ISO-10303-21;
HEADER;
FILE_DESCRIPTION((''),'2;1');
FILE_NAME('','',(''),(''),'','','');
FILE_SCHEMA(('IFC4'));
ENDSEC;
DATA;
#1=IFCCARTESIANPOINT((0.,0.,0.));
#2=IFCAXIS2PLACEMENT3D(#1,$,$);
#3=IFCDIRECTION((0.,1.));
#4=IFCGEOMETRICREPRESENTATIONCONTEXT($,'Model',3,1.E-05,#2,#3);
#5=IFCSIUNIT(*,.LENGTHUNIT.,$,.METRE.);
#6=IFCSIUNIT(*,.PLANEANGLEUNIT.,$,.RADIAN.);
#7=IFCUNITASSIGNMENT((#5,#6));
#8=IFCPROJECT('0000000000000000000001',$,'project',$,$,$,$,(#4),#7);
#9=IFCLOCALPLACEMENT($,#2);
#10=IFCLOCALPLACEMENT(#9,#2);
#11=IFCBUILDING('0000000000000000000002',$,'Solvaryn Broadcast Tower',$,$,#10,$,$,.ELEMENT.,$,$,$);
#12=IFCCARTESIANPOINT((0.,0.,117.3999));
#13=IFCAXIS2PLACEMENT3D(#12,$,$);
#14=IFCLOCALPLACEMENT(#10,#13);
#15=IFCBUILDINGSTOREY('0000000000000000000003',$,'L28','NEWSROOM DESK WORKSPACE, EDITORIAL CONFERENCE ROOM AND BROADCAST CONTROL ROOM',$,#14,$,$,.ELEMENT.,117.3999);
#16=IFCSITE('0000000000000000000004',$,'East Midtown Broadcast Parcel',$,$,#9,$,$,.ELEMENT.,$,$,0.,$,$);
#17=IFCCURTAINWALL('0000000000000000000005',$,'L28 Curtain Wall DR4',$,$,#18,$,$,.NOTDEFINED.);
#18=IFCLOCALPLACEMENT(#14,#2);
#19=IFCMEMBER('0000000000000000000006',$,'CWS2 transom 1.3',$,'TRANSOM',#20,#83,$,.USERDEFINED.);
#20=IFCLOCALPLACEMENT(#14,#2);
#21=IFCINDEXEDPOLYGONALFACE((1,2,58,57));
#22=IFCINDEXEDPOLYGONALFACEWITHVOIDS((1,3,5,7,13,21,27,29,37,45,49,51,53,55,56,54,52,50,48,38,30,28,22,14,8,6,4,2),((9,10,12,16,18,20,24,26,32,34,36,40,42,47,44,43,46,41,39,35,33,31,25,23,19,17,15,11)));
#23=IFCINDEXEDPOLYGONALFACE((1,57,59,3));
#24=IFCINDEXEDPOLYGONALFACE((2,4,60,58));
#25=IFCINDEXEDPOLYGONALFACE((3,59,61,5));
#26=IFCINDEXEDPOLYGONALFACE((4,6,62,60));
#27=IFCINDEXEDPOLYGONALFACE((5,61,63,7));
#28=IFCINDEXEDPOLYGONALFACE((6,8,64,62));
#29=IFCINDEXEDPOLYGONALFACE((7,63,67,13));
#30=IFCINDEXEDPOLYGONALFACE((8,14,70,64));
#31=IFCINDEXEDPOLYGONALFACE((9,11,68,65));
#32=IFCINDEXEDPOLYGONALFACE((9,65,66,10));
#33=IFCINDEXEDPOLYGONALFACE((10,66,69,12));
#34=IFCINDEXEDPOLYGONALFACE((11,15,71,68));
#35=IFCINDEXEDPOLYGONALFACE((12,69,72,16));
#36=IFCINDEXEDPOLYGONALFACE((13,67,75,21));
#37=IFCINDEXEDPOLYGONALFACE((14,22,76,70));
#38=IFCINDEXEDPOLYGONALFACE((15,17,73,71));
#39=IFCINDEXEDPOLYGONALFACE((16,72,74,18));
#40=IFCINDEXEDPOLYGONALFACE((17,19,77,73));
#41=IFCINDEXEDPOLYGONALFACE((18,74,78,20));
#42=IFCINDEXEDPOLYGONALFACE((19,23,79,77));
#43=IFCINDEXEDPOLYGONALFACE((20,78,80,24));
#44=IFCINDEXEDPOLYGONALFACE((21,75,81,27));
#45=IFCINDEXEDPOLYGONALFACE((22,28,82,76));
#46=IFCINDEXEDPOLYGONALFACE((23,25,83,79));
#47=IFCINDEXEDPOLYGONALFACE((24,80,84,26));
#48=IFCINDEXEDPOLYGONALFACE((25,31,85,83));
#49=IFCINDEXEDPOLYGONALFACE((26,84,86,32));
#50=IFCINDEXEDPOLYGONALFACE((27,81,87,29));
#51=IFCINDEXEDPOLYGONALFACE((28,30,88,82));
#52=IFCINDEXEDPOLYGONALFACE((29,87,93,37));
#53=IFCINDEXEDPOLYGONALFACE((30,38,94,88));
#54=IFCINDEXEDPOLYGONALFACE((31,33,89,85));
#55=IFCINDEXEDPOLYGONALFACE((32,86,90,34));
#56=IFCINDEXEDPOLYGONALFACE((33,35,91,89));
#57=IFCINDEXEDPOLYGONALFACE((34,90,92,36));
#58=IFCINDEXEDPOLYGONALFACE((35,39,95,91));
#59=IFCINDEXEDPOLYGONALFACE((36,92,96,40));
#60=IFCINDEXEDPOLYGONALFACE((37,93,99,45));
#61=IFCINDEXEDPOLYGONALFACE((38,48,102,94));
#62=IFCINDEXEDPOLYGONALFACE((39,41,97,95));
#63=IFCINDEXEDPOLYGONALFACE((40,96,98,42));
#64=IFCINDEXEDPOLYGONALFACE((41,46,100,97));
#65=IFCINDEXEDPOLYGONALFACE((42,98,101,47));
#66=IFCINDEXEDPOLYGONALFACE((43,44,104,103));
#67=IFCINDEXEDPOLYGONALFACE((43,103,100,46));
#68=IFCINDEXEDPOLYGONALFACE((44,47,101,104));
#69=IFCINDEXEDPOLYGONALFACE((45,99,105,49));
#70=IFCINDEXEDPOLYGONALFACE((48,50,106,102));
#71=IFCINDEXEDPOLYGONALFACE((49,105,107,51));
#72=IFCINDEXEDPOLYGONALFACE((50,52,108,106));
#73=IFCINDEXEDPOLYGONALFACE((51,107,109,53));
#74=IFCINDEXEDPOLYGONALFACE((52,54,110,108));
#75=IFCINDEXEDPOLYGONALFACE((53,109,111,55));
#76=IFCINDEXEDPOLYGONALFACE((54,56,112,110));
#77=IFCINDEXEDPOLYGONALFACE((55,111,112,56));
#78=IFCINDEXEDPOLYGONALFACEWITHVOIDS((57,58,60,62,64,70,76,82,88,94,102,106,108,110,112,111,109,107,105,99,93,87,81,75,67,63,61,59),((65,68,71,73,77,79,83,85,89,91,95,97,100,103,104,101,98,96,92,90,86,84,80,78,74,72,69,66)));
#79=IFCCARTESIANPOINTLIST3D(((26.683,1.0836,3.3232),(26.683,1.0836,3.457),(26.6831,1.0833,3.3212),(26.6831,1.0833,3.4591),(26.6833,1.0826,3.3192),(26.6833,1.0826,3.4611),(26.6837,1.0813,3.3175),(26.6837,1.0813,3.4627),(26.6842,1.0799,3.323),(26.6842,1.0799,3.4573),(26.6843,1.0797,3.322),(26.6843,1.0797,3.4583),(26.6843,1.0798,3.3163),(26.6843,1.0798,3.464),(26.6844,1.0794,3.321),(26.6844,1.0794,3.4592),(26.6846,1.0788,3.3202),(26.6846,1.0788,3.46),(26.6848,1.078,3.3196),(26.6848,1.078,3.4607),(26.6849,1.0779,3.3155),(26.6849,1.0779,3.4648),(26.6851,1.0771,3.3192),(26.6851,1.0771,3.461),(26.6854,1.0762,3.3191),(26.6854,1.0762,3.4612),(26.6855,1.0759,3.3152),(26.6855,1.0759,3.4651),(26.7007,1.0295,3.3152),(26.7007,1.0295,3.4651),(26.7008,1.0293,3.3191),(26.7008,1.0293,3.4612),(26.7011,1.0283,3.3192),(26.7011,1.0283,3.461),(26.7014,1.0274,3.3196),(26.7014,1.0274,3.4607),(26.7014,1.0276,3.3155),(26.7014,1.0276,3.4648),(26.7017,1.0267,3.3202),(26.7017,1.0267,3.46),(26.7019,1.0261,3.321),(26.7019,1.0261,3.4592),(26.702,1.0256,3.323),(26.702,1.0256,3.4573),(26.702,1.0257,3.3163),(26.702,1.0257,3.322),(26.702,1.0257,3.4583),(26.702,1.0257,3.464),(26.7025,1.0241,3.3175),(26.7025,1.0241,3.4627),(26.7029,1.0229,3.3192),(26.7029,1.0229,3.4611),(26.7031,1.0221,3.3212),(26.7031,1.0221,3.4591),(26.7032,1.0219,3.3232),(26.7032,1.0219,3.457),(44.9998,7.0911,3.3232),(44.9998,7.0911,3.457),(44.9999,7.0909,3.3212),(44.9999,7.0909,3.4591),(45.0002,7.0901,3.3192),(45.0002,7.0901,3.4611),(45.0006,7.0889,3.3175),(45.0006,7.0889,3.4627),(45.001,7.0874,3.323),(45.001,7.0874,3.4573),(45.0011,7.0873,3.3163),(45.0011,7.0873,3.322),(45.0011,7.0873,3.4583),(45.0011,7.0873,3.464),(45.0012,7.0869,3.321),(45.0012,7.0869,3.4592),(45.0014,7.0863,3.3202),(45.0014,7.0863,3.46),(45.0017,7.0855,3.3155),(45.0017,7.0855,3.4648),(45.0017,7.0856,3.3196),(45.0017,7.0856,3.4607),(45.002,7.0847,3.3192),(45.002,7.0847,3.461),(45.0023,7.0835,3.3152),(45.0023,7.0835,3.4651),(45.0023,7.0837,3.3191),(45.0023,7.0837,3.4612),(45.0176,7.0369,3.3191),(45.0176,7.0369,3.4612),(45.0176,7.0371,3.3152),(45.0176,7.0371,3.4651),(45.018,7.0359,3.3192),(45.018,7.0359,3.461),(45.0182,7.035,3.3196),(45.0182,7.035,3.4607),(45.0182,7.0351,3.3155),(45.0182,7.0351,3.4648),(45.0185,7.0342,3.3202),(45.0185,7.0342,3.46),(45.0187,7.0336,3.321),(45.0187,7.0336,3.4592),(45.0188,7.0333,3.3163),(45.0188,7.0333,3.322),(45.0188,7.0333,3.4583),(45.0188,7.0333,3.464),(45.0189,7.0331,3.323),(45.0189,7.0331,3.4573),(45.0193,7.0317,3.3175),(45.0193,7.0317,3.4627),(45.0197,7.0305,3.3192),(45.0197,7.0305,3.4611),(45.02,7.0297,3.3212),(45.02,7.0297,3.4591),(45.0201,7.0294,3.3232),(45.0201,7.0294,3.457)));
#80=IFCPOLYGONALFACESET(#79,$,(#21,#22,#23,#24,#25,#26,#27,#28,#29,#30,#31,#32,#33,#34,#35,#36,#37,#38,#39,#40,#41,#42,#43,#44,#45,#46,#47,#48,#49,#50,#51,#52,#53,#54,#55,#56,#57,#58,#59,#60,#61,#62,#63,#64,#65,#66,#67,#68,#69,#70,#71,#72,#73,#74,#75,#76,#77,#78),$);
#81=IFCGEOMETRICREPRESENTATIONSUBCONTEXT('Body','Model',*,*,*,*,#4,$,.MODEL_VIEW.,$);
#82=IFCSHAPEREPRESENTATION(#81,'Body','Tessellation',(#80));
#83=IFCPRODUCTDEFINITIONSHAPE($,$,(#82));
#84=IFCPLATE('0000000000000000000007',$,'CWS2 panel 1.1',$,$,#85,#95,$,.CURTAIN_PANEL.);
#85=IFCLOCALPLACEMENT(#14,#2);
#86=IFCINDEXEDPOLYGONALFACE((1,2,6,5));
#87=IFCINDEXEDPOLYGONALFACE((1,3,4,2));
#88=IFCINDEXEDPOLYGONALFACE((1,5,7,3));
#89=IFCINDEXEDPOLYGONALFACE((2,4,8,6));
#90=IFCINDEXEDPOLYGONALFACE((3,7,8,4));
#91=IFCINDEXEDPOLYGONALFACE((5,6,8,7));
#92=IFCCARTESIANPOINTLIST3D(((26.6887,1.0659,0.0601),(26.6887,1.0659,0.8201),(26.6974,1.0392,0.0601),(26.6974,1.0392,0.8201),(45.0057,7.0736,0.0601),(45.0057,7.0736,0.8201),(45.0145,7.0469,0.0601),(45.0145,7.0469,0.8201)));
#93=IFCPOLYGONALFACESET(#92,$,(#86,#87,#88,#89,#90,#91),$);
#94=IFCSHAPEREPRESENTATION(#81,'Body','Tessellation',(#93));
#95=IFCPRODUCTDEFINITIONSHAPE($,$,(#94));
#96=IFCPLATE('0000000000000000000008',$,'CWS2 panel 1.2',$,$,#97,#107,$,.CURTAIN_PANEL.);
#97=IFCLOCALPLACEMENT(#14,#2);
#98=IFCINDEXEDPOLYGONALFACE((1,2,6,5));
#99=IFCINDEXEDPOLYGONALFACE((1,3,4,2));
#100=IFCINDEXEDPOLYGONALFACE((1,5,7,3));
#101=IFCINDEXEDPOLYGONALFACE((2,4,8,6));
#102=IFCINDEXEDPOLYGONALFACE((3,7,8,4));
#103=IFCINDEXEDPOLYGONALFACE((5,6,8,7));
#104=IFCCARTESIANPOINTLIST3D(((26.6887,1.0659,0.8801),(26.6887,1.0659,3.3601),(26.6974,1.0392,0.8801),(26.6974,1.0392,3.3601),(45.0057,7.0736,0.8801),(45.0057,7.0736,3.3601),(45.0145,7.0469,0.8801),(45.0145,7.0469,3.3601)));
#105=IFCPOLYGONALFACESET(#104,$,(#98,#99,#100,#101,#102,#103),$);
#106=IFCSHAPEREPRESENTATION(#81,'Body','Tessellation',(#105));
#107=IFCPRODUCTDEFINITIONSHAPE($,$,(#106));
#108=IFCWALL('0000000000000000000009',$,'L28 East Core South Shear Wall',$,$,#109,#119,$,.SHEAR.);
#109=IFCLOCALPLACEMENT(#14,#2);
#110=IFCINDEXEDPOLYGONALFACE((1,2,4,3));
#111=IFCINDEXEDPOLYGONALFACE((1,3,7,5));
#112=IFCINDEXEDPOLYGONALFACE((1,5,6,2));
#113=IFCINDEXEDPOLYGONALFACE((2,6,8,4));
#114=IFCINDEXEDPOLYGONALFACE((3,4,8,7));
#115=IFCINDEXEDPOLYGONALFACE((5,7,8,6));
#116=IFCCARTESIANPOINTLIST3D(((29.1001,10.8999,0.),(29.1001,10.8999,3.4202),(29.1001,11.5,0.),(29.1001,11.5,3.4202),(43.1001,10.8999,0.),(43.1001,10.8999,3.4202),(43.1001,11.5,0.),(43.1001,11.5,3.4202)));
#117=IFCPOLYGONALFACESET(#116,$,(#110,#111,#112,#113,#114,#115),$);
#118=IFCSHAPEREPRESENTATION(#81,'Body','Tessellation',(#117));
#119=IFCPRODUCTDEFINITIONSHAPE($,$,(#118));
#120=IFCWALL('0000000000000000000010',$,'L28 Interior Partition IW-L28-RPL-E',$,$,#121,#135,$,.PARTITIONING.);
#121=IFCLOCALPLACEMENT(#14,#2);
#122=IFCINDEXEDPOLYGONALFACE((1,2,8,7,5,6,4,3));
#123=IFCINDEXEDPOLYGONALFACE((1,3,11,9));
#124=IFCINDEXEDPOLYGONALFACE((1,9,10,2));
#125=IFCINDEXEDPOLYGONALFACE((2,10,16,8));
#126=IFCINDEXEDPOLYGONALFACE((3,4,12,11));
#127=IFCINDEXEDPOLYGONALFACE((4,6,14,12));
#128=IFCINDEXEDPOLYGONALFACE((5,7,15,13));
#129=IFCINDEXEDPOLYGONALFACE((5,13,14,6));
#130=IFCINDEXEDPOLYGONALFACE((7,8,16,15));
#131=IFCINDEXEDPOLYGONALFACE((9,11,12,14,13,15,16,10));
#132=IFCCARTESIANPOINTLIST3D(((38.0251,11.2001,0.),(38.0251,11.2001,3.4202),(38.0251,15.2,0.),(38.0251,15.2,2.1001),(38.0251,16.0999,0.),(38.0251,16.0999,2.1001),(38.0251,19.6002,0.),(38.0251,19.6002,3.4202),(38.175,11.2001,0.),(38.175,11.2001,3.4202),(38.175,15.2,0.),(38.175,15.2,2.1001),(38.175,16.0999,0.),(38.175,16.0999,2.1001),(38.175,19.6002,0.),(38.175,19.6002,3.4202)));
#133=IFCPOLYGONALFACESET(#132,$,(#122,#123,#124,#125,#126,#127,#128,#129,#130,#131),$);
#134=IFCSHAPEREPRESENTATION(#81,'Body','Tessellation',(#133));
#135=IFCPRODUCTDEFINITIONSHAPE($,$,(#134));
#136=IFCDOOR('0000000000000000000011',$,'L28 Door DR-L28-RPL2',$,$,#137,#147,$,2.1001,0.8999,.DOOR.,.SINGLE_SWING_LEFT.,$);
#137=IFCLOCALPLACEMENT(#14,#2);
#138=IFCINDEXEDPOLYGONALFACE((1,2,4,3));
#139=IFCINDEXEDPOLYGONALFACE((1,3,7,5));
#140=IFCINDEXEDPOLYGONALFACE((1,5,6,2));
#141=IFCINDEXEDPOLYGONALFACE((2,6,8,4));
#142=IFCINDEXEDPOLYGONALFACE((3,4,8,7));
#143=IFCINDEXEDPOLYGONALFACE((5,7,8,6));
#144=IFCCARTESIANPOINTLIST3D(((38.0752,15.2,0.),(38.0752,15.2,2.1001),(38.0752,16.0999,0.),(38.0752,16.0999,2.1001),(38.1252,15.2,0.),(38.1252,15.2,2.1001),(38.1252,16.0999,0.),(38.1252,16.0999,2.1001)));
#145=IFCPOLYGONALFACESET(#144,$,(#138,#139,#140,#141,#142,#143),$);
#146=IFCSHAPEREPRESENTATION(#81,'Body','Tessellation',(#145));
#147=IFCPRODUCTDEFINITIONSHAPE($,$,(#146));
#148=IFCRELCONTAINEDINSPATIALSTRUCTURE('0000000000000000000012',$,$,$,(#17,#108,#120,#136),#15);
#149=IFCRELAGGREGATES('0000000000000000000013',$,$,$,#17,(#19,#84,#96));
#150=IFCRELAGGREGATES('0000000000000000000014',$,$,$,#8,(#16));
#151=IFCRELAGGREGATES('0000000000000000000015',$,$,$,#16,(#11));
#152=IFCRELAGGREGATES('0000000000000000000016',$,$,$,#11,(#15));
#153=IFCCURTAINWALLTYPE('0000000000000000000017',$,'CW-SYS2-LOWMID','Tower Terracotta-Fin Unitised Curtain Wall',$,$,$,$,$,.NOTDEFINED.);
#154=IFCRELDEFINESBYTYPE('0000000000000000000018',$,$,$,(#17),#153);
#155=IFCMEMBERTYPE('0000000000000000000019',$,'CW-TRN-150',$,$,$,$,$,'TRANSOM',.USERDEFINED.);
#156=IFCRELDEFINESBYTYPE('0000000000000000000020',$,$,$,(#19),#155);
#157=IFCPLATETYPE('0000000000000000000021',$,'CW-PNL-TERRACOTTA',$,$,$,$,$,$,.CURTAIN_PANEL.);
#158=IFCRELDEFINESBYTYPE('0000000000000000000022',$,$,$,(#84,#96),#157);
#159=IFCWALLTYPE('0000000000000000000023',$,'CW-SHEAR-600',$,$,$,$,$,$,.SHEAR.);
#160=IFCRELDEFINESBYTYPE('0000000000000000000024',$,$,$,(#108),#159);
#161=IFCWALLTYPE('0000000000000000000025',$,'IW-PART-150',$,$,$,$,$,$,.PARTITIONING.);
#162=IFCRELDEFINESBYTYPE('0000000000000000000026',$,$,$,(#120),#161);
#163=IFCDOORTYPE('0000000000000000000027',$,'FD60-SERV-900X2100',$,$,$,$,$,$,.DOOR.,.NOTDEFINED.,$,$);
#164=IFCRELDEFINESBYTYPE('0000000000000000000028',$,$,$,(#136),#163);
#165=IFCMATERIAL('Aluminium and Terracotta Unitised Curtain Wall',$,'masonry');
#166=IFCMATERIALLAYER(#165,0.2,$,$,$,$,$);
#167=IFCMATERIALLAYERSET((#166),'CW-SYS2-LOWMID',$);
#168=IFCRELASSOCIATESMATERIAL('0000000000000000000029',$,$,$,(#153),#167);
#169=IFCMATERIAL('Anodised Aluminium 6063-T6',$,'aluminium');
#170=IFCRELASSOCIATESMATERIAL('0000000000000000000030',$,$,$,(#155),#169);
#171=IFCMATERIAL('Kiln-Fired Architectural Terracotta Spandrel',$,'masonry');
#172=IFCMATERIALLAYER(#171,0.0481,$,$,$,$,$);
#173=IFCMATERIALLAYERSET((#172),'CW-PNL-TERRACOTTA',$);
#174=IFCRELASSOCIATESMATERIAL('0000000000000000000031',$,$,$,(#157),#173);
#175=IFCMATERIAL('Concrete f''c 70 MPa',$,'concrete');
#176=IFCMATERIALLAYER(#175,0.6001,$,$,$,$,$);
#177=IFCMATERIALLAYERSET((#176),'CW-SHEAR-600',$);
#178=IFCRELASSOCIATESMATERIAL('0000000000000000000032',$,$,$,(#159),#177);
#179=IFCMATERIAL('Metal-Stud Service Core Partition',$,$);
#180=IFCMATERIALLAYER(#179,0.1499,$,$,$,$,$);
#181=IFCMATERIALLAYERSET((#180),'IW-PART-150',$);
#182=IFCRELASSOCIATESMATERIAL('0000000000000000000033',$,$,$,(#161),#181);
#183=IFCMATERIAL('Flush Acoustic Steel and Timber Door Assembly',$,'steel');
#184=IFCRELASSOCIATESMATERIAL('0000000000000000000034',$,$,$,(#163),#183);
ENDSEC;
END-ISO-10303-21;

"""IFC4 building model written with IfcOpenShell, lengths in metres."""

from ifc_helpers import new_model, si_unit, direction, frame, frame_2d, origin, origin_2d, place, context, subcontext, project, spatial, rectangle, hollow_rectangle, extrude, material, layer, layer_set, material_profile, profile_set, type_object, element, fill, aggregate, save


model = new_model("IFC4")

# Units and contexts
model_context = context("Model", 3, precision=1e-05, world=origin(), true_north=direction((0.0, 1.0)))
body_context = subcontext(model_context, "Body", "Model", "MODEL_VIEW")
ifc_project = project(units=[si_unit("LENGTHUNIT", "METRE"), si_unit("PLANEANGLEUNIT", "RADIAN")], contexts=[model_context])

# Site, building, storey
site_placement = place(None, origin())
site = spatial("IfcSite", under=ifc_project, at=site_placement, Name="East Midtown Broadcast Parcel", CompositionType="ELEMENT", RefElevation=0.0)
building_placement = place(site_placement, origin())
building = spatial("IfcBuilding", under=site, at=building_placement, Name="Solvaryn Broadcast Tower", CompositionType="ELEMENT")
storey_placement = place(building_placement, frame((0.0, 0.0, 117.3999)))
storey = spatial("IfcBuildingStorey", under=building, at=storey_placement, Name="L28", Description="NEWSROOM DESK WORKSPACE, EDITORIAL CONFERENCE ROOM AND BROADCAST CONTROL ROOM", CompositionType="ELEMENT", Elevation=117.3999)

# Shared definitions
ifc_material_1 = material(Name="Aluminium and Terracotta Unitised Curtain Wall", Category="masonry")
ifc_layer_1 = layer(ifc_material_1, 0.2)
ifc_layer_set_1 = layer_set([ifc_layer_1], Name="CW-SYS2-LOWMID")
curtain_wall_type = type_object("IfcCurtainWallType", Name="CW-SYS2-LOWMID", Description="Tower Terracotta-Fin Unitised Curtain Wall", PredefinedType="NOTDEFINED", material=ifc_layer_set_1)

# Curtain wall, member, plates
curtain_wall_1_placement = place(storey_placement, origin())
curtain_wall_1 = element("IfcCurtainWall", 1, at=curtain_wall_1_placement, inside=storey, type_object=curtain_wall_type, Name="L28 Curtain Wall DR4", PredefinedType="NOTDEFINED")
ifc_material_2 = material(Name="Anodised Aluminium 6063-T6", Category="aluminium")
ifc_material_profile_1 = material_profile(ifc_material_2, hollow_rectangle(XDim=0.0649, YDim=0.1499, WallThickness=0.0039, InnerFilletRadius=0.0039, OuterFilletRadius=0.0081, at=origin_2d()))
ifc_profile_set_1 = profile_set([ifc_material_profile_1], Name="Anodised Aluminium 6063-T6")
member_type_1 = type_object("IfcMemberType", Name="CW-TRN-150", ElementType="TRANSOM", PredefinedType="USERDEFINED", material=ifc_profile_set_1)
member_1_placement = place(storey_placement, frame((26.6931, 1.0527, 3.3901), z_axis=(0.950198, 0.311646, 0.0), x_axis=(-0.311646, 0.950198, 0.0)))
member_1 = element("IfcMember", 2, at=member_1_placement, type_object=member_type_1, Name="CWS2 transom 1.3", ObjectType="TRANSOM", PredefinedType="USERDEFINED", context=body_context, shape_type="SweptSolid", body=[
    extrude(hollow_rectangle(XDim=0.0649, YDim=0.1499, WallThickness=0.0039, InnerFilletRadius=0.0039, OuterFilletRadius=0.0081, at=origin_2d()), origin(), (0.0, 0.0, 1.0), 19.2769),
])
ifc_material_3 = material(Name="Kiln-Fired Architectural Terracotta Spandrel", Category="masonry")
ifc_layer_2 = layer(ifc_material_3, 0.0481)
ifc_layer_set_2 = layer_set([ifc_layer_2], Name="CW-PNL-TERRACOTTA")
plate_type = type_object("IfcPlateType", Name="CW-PNL-TERRACOTTA", PredefinedType="CURTAIN_PANEL", material=ifc_layer_set_2)
plate_1_placement = place(storey_placement, frame((35.8516, 4.0564, 0.0601), z_axis=(0.0, 0.0, 1.0), x_axis=(0.950198, 0.311646, 0.0)))
plate_1 = element("IfcPlate", 3, at=plate_1_placement, type_object=plate_type, Name="CWS2 panel 1.1", PredefinedType="CURTAIN_PANEL", context=body_context, shape_type="SweptSolid", body=[
    extrude(rectangle(XDim=19.2771, YDim=0.0281, at=origin_2d()), origin(), (0.0, 0.0, 1.0), 0.76),
])
plate_2_placement = place(storey_placement, frame((35.8516, 4.0564, 0.8801), z_axis=(0.0, 0.0, 1.0), x_axis=(0.950198, 0.311646, 0.0)))
plate_2 = element("IfcPlate", 4, at=plate_2_placement, type_object=plate_type, Name="CWS2 panel 1.2", PredefinedType="CURTAIN_PANEL", context=body_context, shape_type="SweptSolid", body=[
    extrude(rectangle(XDim=19.2771, YDim=0.0281, at=origin_2d()), origin(), (0.0, 0.0, 1.0), 2.48),
])
aggregate(curtain_wall_1, [member_1, plate_1, plate_2])

# Wall
ifc_material_4 = material(Name="Concrete f'c 70 MPa", Category="concrete")
ifc_layer_3 = layer(ifc_material_4, 0.6001)
ifc_layer_set_3 = layer_set([ifc_layer_3], Name="CW-SHEAR-600")
wall_type_1 = type_object("IfcWallType", Name="CW-SHEAR-600", PredefinedType="SHEAR", material=ifc_layer_set_3)
wall_1_placement = place(storey_placement, frame((29.1001, 11.2, 0.0), z_axis=(0.0, 0.0, 1.0), x_axis=(1.0, 0.0, 0.0)))
element("IfcWall", 5, at=wall_1_placement, inside=storey, type_object=wall_type_1, Name="L28 East Core South Shear Wall", PredefinedType="SHEAR", context=body_context, shape_type="SweptSolid", body=[
    extrude(rectangle(XDim=14.0, YDim=0.6001, at=frame_2d((7.0, 0.0))), origin(), (0.0, 0.0, 1.0), 3.4202),
])

# Wall, opening, door
ifc_material_5 = material(Name="Metal-Stud Service Core Partition")
ifc_layer_4 = layer(ifc_material_5, 0.1499)
ifc_layer_set_4 = layer_set([ifc_layer_4], Name="IW-PART-150")
wall_type_2 = type_object("IfcWallType", Name="IW-PART-150", PredefinedType="PARTITIONING", material=ifc_layer_set_4)
wall_2_placement = place(storey_placement, frame((38.1001, 11.2, 0.0), z_axis=(0.0, 0.0, 1.0), x_axis=(0.0, 1.0, 0.0)))
wall_2 = element("IfcWall", 6, at=wall_2_placement, inside=storey, type_object=wall_type_2, Name="L28 Interior Partition IW-L28-RPL-E", PredefinedType="PARTITIONING", context=body_context, shape_type="SweptSolid", body=[
    extrude(rectangle(XDim=8.4001, YDim=0.1499, at=frame_2d((4.2002, 0.0))), origin(), (0.0, 0.0, 1.0), 3.4202),
])
opening_1_placement = place(wall_2_placement, frame((4.0, 0.0, 0.0)))
opening_1 = element("IfcOpeningElement", 7, at=opening_1_placement, cuts=wall_2, PredefinedType="OPENING", context=body_context, shape_type="SweptSolid", body=[
    extrude(rectangle(XDim=0.8999, YDim=2.1001, at=frame_2d((0.45, 1.05))), frame((0.0, 0.085, 0.0), z_axis=(0.0, -1.0, 0.0), x_axis=(1.0, 0.0, 0.0)), (0.0, 0.0, 1.0), 0.1699),
])
ifc_material_6 = material(Name="Flush Acoustic Steel and Timber Door Assembly", Category="steel")
door_type_1 = type_object("IfcDoorType", Name="FD60-SERV-900X2100", OperationType="NOTDEFINED", PredefinedType="DOOR", material=ifc_material_6)
door_1_placement = place(opening_1_placement, origin())
door_1 = element("IfcDoor", 8, at=door_1_placement, inside=storey, type_object=door_type_1, Name="L28 Door DR-L28-RPL2", OperationType="SINGLE_SWING_LEFT", OverallHeight=2.1001, OverallWidth=0.8999, PredefinedType="DOOR", context=body_context, shape_type="SweptSolid", body=[
    extrude(rectangle(XDim=0.8999, YDim=2.1001, at=frame_2d((0.45, 1.05))), frame((0.0, 0.0249, 0.0), z_axis=(0.0, -1.0, 0.0), x_axis=(1.0, 0.0, 0.0)), (0.0, 0.0, 1.0), 0.05),
])
fill(opening_1, door_1)

save(model, "model.ifc")
